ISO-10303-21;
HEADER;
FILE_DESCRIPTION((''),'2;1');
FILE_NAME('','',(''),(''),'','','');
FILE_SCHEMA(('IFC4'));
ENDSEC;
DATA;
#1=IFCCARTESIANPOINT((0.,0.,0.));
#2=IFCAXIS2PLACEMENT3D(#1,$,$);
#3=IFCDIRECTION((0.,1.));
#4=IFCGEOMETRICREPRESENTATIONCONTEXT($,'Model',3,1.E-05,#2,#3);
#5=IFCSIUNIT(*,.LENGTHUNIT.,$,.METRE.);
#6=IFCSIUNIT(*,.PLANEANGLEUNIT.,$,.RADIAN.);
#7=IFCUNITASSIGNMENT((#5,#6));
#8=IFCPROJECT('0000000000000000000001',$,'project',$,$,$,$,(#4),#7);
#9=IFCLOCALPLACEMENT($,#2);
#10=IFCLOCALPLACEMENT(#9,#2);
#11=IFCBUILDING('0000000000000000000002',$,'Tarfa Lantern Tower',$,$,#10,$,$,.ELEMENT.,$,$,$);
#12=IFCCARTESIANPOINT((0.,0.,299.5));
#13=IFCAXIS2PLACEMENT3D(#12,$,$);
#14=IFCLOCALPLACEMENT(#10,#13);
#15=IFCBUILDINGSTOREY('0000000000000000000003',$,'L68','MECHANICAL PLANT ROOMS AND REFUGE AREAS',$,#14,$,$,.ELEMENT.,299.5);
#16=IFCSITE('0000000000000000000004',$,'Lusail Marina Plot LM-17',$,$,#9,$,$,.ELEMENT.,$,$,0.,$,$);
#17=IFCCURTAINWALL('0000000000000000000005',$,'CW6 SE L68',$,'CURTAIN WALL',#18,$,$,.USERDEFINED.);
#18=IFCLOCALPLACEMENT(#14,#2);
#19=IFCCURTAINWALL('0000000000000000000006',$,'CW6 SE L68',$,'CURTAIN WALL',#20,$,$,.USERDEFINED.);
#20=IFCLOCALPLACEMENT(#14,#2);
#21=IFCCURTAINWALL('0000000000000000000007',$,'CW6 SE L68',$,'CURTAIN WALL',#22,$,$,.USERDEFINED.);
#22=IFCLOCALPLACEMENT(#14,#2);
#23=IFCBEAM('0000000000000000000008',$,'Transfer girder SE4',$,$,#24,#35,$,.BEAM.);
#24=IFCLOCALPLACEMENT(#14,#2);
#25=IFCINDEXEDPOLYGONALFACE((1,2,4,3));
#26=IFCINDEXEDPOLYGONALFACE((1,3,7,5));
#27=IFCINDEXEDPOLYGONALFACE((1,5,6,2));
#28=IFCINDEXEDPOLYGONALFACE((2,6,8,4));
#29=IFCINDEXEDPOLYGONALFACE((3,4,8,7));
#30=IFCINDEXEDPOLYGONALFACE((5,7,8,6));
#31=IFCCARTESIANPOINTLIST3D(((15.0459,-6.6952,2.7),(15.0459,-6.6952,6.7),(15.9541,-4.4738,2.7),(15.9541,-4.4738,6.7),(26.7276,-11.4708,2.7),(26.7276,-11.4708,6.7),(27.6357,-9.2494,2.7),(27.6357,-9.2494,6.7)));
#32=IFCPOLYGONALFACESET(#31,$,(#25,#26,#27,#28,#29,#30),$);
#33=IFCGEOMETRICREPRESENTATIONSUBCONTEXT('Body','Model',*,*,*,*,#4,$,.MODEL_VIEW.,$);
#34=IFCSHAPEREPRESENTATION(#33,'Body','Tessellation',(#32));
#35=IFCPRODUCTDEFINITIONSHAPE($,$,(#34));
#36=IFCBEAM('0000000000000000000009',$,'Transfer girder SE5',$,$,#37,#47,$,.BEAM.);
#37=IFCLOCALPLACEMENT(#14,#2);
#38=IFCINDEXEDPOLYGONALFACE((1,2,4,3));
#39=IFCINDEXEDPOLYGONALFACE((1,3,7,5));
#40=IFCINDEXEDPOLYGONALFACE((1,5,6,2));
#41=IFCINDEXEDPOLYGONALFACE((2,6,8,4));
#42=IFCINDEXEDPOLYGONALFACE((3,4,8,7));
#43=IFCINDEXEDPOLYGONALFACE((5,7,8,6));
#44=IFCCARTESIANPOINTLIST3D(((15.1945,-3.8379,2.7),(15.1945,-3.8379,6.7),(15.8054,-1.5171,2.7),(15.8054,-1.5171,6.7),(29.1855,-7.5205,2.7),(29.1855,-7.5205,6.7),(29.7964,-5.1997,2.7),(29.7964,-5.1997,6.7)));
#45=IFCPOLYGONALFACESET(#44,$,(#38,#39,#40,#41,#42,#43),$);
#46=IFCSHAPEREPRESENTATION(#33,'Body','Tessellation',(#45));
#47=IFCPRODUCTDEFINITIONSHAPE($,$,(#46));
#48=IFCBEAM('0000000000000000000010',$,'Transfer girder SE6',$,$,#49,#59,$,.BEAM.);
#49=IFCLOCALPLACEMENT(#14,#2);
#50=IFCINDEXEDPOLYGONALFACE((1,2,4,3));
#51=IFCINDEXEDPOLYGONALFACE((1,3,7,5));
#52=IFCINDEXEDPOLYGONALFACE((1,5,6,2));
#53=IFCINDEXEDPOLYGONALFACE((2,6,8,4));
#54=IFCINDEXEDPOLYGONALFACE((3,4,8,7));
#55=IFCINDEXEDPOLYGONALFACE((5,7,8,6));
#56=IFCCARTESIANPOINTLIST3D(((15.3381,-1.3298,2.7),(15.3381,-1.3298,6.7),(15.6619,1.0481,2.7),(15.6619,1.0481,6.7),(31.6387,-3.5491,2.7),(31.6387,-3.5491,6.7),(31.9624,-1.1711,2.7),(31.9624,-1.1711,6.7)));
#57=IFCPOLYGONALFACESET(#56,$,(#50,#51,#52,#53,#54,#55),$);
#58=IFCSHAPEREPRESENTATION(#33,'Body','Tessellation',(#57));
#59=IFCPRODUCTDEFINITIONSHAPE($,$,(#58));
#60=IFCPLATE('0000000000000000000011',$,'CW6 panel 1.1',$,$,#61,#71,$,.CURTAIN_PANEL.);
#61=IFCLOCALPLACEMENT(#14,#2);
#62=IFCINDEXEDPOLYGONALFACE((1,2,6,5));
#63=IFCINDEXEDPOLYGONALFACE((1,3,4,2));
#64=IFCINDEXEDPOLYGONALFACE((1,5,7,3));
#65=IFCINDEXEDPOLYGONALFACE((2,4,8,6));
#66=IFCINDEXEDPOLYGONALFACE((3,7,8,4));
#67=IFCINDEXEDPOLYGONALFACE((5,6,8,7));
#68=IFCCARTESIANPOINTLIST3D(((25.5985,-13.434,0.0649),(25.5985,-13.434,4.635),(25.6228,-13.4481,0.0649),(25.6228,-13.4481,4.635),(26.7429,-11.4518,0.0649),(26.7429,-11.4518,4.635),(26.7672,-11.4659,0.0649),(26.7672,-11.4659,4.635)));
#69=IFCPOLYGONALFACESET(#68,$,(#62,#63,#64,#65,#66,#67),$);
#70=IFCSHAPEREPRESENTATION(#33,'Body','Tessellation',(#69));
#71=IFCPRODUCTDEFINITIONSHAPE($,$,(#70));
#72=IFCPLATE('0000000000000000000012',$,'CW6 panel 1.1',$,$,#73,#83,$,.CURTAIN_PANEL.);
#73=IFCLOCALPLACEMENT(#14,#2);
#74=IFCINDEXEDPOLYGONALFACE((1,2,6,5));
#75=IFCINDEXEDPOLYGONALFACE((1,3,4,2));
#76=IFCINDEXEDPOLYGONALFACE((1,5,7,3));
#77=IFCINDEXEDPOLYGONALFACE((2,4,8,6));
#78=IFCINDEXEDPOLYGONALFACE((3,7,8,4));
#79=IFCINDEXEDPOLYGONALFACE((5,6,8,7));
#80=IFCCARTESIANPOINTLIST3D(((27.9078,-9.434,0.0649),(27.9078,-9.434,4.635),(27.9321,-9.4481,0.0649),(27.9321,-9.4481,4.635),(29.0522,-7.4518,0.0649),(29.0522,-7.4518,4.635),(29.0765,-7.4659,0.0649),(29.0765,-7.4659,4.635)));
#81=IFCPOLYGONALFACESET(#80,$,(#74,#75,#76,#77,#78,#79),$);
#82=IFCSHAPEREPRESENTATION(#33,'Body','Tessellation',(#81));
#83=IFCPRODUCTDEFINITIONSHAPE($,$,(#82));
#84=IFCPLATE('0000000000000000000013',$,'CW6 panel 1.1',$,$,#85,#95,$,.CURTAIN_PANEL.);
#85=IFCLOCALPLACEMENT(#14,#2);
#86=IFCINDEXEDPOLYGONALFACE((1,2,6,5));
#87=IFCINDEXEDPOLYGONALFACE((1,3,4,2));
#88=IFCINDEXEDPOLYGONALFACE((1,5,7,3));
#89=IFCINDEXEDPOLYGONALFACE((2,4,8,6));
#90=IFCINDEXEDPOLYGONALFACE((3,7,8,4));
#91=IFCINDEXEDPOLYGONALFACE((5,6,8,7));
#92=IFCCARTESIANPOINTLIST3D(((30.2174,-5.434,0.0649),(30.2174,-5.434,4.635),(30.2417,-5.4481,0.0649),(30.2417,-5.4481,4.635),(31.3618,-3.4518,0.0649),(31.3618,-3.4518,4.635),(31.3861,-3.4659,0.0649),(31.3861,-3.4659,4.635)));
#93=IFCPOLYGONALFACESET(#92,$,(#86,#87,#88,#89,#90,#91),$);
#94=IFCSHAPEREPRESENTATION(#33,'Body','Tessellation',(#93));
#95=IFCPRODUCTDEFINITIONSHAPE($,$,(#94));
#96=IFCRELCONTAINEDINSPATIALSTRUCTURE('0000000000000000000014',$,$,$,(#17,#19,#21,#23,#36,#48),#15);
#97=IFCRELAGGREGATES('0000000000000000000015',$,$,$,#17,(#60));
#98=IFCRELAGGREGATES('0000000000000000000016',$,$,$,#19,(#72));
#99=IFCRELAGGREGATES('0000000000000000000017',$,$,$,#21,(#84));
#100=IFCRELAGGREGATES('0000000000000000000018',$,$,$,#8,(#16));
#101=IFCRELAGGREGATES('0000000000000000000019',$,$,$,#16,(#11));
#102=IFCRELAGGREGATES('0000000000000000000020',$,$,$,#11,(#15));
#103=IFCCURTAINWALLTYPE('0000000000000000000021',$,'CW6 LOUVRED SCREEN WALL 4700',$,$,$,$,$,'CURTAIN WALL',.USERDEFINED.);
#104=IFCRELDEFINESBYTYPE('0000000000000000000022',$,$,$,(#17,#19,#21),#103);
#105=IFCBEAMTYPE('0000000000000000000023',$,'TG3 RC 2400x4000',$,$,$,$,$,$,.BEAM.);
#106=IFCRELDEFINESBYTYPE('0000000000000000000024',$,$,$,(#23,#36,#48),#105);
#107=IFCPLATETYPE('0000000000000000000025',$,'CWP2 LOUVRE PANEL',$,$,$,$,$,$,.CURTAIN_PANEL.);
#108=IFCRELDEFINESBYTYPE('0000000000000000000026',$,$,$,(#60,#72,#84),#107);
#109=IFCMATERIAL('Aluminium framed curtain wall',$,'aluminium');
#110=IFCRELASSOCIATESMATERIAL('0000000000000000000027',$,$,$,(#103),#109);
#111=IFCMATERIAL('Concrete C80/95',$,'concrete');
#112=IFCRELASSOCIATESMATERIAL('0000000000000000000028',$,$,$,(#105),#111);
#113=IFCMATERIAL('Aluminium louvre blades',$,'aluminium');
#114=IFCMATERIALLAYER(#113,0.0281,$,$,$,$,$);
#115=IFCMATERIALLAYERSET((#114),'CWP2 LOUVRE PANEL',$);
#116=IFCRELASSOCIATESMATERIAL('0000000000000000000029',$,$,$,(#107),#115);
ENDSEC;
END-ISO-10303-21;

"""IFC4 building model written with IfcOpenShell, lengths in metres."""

from ifc_helpers import new_model, si_unit, direction, frame, origin, origin_2d, place, context, subcontext, project, spatial, rectangle, extrude, material, layer, layer_set, material_profile, profile_set, type_object, element, aggregate, save


model = new_model("IFC4")

# Units and contexts
model_context = context("Model", 3, precision=1e-05, world=origin(), true_north=direction((0.0, 1.0)))
body_context = subcontext(model_context, "Body", "Model", "MODEL_VIEW")
ifc_project = project(units=[si_unit("LENGTHUNIT", "METRE"), si_unit("PLANEANGLEUNIT", "RADIAN")], contexts=[model_context])

# Site, building, storey
site_placement = place(None, origin())
site = spatial("IfcSite", under=ifc_project, at=site_placement, Name="Lusail Marina Plot LM-17", CompositionType="ELEMENT", RefElevation=0.0)
building_placement = place(site_placement, origin())
building = spatial("IfcBuilding", under=site, at=building_placement, Name="Tarfa Lantern Tower", CompositionType="ELEMENT")
storey_placement = place(building_placement, frame((0.0, 0.0, 299.5)))
storey = spatial("IfcBuildingStorey", under=building, at=storey_placement, Name="L68", Description="MECHANICAL PLANT ROOMS AND REFUGE AREAS", CompositionType="ELEMENT", Elevation=299.5)

# Shared definitions
ifc_material_1 = material(Name="Concrete C80/95", Category="concrete")

# Curtain walls
ifc_material_2 = material(Name="Aluminium framed curtain wall", Category="aluminium")
curtain_wall_type = type_object("IfcCurtainWallType", Name="CW6 LOUVRED SCREEN WALL 4700", ElementType="CURTAIN WALL", PredefinedType="USERDEFINED", material=ifc_material_2)
curtain_wall_1_placement = place(storey_placement, origin())
curtain_wall_1 = element("IfcCurtainWall", 1, at=curtain_wall_1_placement, inside=storey, type_object=curtain_wall_type, Name="CW6 SE L68", ObjectType="CURTAIN WALL", PredefinedType="USERDEFINED")
curtain_wall_2_placement = place(storey_placement, origin())
curtain_wall_2 = element("IfcCurtainWall", 2, at=curtain_wall_2_placement, inside=storey, type_object=curtain_wall_type, Name="CW6 SE L68", ObjectType="CURTAIN WALL", PredefinedType="USERDEFINED")
curtain_wall_3_placement = place(storey_placement, origin())
curtain_wall_3 = element("IfcCurtainWall", 3, at=curtain_wall_3_placement, inside=storey, type_object=curtain_wall_type, Name="CW6 SE L68", ObjectType="CURTAIN WALL", PredefinedType="USERDEFINED")

# Beams
ifc_material_profile_1 = material_profile(ifc_material_1, rectangle(XDim=2.3999, YDim=4.0, at=origin_2d()), Name="RC 2400x4000")
ifc_profile_set_1 = profile_set([ifc_material_profile_1], Name="Concrete C80/95")
beam_type_1 = type_object("IfcBeamType", Name="TG3 RC 2400x4000", PredefinedType="BEAM", material=ifc_profile_set_1)
beam_1_placement = place(storey_placement, frame((27.1816, -10.3601, 4.7), z_axis=(-0.925636, 0.378414, 0.0), x_axis=(-0.378414, -0.925636, 0.0)))
element("IfcBeam", 4, at=beam_1_placement, inside=storey, type_object=beam_type_1, Name="Transfer girder SE4", PredefinedType="BEAM", context=body_context, shape_type="SweptSolid", body=[
    extrude(rectangle(XDim=2.3999, YDim=4.0, at=origin_2d()), origin(), (0.0, 0.0, 1.0), 12.6201),
])
beam_2_placement = place(storey_placement, frame((29.491, -6.3601, 4.7), z_axis=(-0.967061, 0.254544, 0.0), x_axis=(-0.254544, -0.967061, 0.0)))
element("IfcBeam", 5, at=beam_2_placement, inside=storey, type_object=beam_type_1, Name="Transfer girder SE5", PredefinedType="BEAM", context=body_context, shape_type="SweptSolid", body=[
    extrude(rectangle(XDim=2.3999, YDim=4.0, at=origin_2d()), origin(), (0.0, 0.0, 1.0), 14.4675),
])
beam_3_placement = place(storey_placement, frame((31.8005, -2.3601, 4.7), z_axis=(-0.990859, 0.134901, 0.0), x_axis=(-0.134901, -0.990859, 0.0)))
element("IfcBeam", 6, at=beam_3_placement, inside=storey, type_object=beam_type_1, Name="Transfer girder SE6", PredefinedType="BEAM", context=body_context, shape_type="SweptSolid", body=[
    extrude(rectangle(XDim=2.3999, YDim=4.0, at=origin_2d()), origin(), (0.0, 0.0, 1.0), 16.4509),
])

# Plates
ifc_material_3 = material(Name="Aluminium louvre blades", Category="aluminium")
ifc_layer = layer(ifc_material_3, 0.0281)
ifc_layer_set = layer_set([ifc_layer], Name="CWP2 LOUVRE PANEL")
plate_type = type_object("IfcPlateType", Name="CWP2 LOUVRE PANEL", PredefinedType="CURTAIN_PANEL", material=ifc_layer_set)
plate_1_placement = place(storey_placement, frame((26.1829, -12.45, 0.0649), z_axis=(0.0, 0.0, 1.0), x_axis=(0.5, 0.866025, 0.0)))
plate_1 = element("IfcPlate", 7, at=plate_1_placement, type_object=plate_type, Name="CW6 panel 1.1", PredefinedType="CURTAIN_PANEL", context=body_context, shape_type="SweptSolid", body=[
    extrude(rectangle(XDim=2.2888, YDim=0.0281, at=origin_2d()), origin(), (0.0, 0.0, 1.0), 4.5701),
])
aggregate(curtain_wall_1, [plate_1])
plate_2_placement = place(storey_placement, frame((28.4922, -8.45, 0.0649), z_axis=(0.0, 0.0, 1.0), x_axis=(0.5, 0.866025, 0.0)))
plate_2 = element("IfcPlate", 8, at=plate_2_placement, type_object=plate_type, Name="CW6 panel 1.1", PredefinedType="CURTAIN_PANEL", context=body_context, shape_type="SweptSolid", body=[
    extrude(rectangle(XDim=2.2888, YDim=0.0281, at=origin_2d()), origin(), (0.0, 0.0, 1.0), 4.5701),
])
aggregate(curtain_wall_2, [plate_2])
plate_3_placement = place(storey_placement, frame((30.8018, -4.45, 0.0649), z_axis=(0.0, 0.0, 1.0), x_axis=(0.5, 0.866025, 0.0)))
plate_3 = element("IfcPlate", 9, at=plate_3_placement, type_object=plate_type, Name="CW6 panel 1.1", PredefinedType="CURTAIN_PANEL", context=body_context, shape_type="SweptSolid", body=[
    extrude(rectangle(XDim=2.2888, YDim=0.0281, at=origin_2d()), origin(), (0.0, 0.0, 1.0), 4.5701),
])
aggregate(curtain_wall_3, [plate_3])

save(model, "model.ifc")
